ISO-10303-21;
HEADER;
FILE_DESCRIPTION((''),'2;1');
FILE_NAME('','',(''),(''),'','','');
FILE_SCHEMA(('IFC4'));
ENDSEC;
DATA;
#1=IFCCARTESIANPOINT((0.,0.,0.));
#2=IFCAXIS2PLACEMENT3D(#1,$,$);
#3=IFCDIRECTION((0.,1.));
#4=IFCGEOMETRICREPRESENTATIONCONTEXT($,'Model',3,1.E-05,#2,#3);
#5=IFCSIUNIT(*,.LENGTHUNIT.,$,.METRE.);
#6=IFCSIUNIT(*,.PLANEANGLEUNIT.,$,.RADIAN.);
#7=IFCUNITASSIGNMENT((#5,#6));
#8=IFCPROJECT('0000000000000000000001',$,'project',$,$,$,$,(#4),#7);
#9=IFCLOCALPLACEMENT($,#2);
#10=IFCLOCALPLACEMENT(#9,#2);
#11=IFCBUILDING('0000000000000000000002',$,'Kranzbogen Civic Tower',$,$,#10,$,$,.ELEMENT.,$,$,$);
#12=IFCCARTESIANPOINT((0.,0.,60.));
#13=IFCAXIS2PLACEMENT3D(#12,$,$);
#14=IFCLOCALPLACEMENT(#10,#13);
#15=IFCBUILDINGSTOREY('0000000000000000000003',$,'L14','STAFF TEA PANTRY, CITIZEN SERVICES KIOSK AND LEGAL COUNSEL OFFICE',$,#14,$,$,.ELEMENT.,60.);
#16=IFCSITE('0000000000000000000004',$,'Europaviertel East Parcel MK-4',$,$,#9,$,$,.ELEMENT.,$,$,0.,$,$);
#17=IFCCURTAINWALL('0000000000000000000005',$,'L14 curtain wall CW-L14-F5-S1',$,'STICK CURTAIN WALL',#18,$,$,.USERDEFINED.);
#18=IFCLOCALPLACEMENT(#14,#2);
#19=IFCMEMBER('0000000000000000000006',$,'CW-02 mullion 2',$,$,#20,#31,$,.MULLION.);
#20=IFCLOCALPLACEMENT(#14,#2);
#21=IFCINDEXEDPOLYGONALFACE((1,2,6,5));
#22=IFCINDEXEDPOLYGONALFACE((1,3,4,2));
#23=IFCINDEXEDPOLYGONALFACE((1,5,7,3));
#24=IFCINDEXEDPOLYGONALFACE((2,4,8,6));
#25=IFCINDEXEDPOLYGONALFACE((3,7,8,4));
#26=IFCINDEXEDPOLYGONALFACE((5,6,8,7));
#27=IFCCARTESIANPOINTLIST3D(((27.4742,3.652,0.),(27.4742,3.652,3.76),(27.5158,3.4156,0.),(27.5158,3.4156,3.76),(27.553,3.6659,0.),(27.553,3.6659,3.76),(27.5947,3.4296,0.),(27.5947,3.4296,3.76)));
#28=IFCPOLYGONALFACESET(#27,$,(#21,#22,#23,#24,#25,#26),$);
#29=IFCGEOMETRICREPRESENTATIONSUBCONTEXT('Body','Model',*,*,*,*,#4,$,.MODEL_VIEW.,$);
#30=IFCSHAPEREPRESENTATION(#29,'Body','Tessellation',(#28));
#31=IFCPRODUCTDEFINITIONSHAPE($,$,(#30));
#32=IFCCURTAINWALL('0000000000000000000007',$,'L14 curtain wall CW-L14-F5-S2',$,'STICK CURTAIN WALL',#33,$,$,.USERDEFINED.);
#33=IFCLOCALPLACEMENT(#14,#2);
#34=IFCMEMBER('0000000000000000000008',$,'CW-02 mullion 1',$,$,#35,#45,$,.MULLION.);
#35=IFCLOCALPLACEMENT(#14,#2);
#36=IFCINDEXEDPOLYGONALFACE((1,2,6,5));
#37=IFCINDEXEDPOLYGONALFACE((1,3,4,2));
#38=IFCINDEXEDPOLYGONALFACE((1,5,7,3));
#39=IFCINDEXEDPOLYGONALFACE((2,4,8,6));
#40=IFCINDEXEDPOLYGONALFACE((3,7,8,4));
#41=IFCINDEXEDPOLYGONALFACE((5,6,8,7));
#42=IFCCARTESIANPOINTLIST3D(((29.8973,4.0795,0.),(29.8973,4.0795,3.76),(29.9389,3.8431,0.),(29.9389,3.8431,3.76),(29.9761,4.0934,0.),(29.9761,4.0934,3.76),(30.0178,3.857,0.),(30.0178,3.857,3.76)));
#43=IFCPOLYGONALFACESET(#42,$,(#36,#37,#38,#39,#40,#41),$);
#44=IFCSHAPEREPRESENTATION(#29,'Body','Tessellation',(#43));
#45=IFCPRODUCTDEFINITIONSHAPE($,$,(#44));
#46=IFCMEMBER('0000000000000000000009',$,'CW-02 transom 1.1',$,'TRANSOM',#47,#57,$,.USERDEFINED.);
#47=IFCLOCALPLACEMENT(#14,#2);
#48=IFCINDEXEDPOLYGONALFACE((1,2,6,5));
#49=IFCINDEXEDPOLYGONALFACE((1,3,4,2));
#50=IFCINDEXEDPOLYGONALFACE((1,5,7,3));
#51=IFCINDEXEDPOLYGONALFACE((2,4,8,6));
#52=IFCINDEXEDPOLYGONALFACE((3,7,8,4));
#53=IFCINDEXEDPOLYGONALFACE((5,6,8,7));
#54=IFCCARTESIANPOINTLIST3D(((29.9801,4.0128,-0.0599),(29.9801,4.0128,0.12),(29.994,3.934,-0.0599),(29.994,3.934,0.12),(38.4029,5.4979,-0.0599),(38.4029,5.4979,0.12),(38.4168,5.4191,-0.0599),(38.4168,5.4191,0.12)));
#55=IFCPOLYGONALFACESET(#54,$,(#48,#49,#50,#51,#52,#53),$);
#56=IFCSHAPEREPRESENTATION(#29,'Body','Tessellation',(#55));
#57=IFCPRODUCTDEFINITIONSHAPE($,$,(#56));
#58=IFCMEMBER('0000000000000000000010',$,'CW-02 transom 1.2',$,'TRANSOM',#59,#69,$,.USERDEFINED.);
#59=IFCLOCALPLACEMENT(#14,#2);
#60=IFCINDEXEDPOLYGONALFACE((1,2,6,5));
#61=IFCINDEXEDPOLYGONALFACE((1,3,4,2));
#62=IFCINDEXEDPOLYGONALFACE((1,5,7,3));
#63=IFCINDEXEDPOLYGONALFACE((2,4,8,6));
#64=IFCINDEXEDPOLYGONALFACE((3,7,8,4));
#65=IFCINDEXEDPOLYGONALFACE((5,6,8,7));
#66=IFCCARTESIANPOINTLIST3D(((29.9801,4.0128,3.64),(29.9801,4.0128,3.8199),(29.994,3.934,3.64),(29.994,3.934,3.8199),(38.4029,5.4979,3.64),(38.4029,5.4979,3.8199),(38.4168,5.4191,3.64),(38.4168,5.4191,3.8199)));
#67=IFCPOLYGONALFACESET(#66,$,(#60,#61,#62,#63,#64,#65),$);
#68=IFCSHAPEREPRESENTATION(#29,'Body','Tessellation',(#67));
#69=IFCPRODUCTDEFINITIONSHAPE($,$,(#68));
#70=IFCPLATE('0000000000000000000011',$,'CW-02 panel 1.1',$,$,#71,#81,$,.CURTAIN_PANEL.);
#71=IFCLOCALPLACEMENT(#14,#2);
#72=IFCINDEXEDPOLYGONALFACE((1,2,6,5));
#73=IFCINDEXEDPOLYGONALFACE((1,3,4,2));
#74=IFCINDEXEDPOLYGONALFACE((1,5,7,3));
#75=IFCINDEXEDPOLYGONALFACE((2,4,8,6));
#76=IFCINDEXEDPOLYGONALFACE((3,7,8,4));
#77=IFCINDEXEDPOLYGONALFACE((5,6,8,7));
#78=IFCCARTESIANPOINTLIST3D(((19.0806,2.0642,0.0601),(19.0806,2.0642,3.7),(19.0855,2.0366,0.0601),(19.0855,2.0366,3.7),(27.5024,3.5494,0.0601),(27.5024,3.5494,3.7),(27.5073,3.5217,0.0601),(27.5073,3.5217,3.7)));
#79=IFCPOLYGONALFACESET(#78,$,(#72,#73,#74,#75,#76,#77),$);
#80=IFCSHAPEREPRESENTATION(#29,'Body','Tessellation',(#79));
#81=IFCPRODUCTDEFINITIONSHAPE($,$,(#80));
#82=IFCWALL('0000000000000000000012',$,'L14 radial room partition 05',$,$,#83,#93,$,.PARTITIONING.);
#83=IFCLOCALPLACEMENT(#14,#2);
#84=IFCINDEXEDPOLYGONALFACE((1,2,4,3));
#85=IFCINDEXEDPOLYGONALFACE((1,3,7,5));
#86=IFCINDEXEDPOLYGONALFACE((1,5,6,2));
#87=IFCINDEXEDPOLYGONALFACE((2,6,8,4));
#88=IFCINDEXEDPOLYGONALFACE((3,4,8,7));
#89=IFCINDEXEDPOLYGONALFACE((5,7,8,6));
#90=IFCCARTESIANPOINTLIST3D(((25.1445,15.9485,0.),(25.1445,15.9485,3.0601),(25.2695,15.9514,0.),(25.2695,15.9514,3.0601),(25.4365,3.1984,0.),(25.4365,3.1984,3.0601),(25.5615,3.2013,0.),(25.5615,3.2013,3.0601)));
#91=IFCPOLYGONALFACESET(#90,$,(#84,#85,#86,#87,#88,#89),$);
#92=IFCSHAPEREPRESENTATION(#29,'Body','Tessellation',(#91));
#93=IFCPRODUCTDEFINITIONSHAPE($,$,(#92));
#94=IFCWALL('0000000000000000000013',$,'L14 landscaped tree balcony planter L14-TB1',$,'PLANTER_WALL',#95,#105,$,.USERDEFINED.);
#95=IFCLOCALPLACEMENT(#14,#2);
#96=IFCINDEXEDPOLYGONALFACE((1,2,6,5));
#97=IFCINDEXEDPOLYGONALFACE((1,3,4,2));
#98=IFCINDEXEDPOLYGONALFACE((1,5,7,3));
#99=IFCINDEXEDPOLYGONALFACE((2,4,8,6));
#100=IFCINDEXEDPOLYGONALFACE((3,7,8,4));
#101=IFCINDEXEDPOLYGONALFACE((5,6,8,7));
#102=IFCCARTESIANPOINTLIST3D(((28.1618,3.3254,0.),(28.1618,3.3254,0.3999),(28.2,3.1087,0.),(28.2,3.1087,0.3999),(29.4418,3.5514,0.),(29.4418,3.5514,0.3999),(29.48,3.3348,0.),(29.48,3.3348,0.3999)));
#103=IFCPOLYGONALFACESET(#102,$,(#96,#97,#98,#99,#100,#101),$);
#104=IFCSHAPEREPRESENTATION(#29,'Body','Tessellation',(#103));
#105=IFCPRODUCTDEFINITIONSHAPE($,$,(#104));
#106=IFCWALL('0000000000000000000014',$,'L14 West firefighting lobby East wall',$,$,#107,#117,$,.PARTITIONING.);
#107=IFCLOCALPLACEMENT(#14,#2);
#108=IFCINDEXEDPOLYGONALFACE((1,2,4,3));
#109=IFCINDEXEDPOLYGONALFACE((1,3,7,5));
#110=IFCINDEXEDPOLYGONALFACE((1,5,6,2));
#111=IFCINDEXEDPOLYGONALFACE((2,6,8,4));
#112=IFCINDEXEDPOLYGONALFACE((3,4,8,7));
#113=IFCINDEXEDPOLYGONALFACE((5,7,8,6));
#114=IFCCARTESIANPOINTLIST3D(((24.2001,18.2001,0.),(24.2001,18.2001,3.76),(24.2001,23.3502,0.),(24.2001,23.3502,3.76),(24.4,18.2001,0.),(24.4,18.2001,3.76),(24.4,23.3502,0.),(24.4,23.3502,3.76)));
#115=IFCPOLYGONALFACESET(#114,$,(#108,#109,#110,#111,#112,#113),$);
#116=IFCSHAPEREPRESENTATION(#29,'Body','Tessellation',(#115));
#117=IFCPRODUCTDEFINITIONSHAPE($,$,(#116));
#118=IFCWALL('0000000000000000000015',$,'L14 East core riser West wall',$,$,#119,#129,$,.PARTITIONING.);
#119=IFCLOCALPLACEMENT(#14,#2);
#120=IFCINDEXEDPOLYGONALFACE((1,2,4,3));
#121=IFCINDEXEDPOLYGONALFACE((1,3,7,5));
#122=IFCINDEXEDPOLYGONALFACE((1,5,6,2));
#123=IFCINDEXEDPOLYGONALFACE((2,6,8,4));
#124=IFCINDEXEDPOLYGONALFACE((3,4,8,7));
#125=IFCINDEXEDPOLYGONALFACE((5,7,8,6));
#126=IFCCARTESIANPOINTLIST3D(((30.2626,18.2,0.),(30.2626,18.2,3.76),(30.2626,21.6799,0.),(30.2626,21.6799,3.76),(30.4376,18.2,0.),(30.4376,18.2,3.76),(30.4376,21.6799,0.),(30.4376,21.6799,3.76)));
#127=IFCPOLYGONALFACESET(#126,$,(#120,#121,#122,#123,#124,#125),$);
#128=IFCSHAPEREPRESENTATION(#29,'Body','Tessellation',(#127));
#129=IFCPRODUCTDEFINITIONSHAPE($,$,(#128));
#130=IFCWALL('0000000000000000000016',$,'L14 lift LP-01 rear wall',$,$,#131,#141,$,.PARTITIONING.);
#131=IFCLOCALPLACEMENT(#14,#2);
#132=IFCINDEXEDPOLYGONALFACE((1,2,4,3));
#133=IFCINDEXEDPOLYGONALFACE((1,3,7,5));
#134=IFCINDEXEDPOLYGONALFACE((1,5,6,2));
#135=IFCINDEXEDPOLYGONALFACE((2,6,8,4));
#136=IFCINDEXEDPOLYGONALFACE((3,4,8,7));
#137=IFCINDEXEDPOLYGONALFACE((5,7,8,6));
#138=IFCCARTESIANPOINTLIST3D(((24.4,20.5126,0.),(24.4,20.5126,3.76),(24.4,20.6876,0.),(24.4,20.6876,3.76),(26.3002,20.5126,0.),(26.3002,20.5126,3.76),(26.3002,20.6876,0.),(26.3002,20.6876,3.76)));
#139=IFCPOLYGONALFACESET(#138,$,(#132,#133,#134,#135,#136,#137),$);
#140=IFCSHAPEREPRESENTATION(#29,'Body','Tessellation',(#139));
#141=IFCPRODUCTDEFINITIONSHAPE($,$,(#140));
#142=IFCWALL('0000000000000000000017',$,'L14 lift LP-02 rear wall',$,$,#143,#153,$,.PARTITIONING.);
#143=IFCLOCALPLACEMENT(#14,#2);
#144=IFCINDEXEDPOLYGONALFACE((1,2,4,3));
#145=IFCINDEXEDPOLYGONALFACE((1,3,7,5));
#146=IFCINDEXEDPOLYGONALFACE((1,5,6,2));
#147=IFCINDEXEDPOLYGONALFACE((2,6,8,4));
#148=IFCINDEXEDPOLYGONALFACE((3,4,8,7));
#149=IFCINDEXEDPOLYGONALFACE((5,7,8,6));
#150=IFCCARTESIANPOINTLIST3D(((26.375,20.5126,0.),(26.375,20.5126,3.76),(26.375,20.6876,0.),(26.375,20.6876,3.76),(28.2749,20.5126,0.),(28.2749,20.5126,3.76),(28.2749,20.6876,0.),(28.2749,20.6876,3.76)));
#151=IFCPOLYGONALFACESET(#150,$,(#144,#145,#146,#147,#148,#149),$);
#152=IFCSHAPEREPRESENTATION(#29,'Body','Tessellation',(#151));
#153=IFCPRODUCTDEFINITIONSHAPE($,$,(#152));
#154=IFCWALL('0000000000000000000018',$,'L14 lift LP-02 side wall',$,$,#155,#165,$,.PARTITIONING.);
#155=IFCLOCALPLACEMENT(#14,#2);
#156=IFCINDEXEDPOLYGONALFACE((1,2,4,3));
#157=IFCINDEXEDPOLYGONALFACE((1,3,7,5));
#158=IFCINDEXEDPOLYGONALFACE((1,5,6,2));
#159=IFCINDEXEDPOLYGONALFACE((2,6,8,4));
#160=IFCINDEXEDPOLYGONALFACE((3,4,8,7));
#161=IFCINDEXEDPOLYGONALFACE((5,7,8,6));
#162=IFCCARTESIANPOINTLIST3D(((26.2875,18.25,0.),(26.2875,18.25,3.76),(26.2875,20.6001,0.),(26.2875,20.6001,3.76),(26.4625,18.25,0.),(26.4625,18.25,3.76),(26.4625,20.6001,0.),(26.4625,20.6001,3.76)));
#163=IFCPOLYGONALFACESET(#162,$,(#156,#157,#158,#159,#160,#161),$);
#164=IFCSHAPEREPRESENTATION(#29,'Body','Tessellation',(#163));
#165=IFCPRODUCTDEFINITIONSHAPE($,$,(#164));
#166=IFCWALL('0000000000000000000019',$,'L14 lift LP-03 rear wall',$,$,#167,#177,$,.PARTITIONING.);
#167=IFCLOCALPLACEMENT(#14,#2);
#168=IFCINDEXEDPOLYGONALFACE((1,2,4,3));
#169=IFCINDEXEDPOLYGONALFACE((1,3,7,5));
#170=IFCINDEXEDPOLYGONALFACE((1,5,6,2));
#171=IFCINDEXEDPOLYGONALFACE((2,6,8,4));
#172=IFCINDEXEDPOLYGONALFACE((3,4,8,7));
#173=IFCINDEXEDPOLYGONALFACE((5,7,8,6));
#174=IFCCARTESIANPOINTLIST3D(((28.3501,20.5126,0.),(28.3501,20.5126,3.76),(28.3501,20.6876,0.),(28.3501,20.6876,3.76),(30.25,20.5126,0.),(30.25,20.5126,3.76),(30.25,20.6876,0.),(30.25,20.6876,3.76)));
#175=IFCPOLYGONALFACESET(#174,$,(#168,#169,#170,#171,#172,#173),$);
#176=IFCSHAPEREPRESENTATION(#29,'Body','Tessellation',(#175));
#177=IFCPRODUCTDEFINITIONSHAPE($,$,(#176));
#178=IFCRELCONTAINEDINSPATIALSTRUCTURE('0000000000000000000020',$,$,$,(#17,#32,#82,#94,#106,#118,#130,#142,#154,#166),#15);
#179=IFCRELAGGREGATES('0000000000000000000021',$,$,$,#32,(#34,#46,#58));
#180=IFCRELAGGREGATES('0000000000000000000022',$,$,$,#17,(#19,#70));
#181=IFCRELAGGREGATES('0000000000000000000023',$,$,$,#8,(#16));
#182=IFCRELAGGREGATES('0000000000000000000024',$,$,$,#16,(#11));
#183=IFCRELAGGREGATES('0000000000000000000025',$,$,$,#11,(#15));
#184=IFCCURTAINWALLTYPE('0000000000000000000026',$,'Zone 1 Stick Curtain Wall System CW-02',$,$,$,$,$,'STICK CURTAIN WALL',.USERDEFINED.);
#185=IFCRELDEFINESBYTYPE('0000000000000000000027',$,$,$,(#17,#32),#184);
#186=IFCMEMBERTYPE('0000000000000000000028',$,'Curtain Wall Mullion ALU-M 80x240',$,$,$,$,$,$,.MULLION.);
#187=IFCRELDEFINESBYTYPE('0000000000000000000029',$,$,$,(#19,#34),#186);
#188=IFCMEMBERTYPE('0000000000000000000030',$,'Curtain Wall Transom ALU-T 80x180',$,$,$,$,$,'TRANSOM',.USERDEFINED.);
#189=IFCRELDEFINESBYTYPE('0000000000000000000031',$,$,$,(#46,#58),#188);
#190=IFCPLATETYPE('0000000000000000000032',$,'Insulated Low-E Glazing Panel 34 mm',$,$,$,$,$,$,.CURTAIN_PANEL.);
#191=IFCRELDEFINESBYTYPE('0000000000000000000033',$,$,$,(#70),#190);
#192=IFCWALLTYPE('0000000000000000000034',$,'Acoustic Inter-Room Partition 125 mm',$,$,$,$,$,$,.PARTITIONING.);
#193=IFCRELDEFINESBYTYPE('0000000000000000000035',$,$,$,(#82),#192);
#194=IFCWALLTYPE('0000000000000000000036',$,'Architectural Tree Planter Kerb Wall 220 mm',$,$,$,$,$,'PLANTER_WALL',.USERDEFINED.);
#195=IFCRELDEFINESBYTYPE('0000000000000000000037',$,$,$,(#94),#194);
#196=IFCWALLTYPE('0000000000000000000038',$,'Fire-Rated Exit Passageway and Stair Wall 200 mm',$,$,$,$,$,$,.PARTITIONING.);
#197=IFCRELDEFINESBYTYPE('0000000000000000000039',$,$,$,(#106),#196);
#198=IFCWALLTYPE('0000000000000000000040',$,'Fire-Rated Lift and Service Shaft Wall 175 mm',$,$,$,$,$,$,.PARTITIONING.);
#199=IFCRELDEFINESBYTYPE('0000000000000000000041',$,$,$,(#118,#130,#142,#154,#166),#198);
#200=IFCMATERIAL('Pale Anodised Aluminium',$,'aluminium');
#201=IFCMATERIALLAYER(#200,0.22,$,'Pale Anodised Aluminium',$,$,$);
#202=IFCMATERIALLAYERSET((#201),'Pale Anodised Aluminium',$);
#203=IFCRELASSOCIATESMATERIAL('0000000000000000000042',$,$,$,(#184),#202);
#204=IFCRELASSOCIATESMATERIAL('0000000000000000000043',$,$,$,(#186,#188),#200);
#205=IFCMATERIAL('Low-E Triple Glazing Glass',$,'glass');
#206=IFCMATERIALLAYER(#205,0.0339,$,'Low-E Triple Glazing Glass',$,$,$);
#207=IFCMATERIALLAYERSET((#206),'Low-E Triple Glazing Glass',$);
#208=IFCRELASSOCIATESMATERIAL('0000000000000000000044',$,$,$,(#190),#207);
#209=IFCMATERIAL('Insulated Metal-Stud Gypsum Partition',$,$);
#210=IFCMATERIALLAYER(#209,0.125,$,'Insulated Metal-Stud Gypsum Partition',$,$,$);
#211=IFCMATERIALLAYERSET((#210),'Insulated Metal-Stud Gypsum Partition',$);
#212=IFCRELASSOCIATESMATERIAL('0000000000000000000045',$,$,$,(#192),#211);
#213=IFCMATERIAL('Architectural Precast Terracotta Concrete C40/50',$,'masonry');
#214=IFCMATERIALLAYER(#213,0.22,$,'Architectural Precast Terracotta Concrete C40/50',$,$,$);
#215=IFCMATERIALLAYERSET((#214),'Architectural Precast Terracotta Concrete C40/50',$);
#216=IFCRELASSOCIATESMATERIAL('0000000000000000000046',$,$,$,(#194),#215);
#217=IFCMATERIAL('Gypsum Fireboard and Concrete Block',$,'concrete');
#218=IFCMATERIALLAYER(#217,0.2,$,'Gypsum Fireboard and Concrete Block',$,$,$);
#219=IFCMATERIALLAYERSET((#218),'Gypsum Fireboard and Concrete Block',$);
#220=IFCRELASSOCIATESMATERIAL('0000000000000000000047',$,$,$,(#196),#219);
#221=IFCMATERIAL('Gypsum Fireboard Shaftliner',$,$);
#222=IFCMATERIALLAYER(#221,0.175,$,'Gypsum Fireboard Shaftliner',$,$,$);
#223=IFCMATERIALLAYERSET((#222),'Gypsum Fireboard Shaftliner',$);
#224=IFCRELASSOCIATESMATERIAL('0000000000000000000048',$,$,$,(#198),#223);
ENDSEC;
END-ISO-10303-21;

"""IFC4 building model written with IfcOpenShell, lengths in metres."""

from ifc_helpers import new_model, si_unit, direction, frame, frame_2d, origin, origin_2d, place, context, subcontext, project, spatial, rectangle, extrude, material, layer, layer_set, material_profile, profile_set, type_object, element, aggregate, save


model = new_model("IFC4")

# Units and contexts
model_context = context("Model", 3, precision=1e-05, world=origin(), true_north=direction((0.0, 1.0)))
body_context = subcontext(model_context, "Body", "Model", "MODEL_VIEW")
ifc_project = project(units=[si_unit("LENGTHUNIT", "METRE"), si_unit("PLANEANGLEUNIT", "RADIAN")], contexts=[model_context])

# Site, building, storey
site_placement = place(None, origin())
site = spatial("IfcSite", under=ifc_project, at=site_placement, Name="Europaviertel East Parcel MK-4", CompositionType="ELEMENT", RefElevation=0.0)
building_placement = place(site_placement, origin())
building = spatial("IfcBuilding", under=site, at=building_placement, Name="Kranzbogen Civic Tower", CompositionType="ELEMENT")
storey_placement = place(building_placement, frame((0.0, 0.0, 60.0)))
storey = spatial("IfcBuildingStorey", under=building, at=storey_placement, Name="L14", Description="STAFF TEA PANTRY, CITIZEN SERVICES KIOSK AND LEGAL COUNSEL OFFICE", CompositionType="ELEMENT", Elevation=60.0)

# Curtain wall, member
ifc_material_1 = material(Name="Pale Anodised Aluminium", Category="aluminium")
ifc_layer_1 = layer(ifc_material_1, 0.22, Name="Pale Anodised Aluminium")
ifc_layer_set_1 = layer_set([ifc_layer_1], Name="Pale Anodised Aluminium")
curtain_wall_type = type_object("IfcCurtainWallType", Name="Zone 1 Stick Curtain Wall System CW-02", ElementType="STICK CURTAIN WALL", PredefinedType="USERDEFINED", material=ifc_layer_set_1)
curtain_wall_1_placement = place(storey_placement, origin())
curtain_wall_1 = element("IfcCurtainWall", 1, at=curtain_wall_1_placement, inside=storey, type_object=curtain_wall_type, Name="L14 curtain wall CW-L14-F5-S1", ObjectType="STICK CURTAIN WALL", PredefinedType="USERDEFINED")
ifc_material_profile_1 = material_profile(ifc_material_1, rectangle(XDim=0.0801, YDim=0.24, at=origin_2d()), Name="ALU-M 80x240")
ifc_profile_set_1 = profile_set([ifc_material_profile_1], Name="Pale Anodised Aluminium")
member_type_1 = type_object("IfcMemberType", Name="Curtain Wall Mullion ALU-M 80x240", PredefinedType="MULLION", material=ifc_profile_set_1)
member_1_placement = place(storey_placement, frame((27.5344, 3.5408, 0.0), z_axis=(0.0, 0.0, 1.0), x_axis=(0.984804, 0.173667, 0.0)))
member_1 = element("IfcMember", 2, at=member_1_placement, type_object=member_type_1, Name="CW-02 mullion 2", PredefinedType="MULLION", context=body_context, shape_type="SweptSolid", body=[
    extrude(rectangle(XDim=0.0801, YDim=0.24, at=origin_2d()), origin(), (0.0, 0.0, 1.0), 3.76),
])

# Curtain wall, members
curtain_wall_2_placement = place(storey_placement, origin())
curtain_wall_2 = element("IfcCurtainWall", 3, at=curtain_wall_2_placement, inside=storey, type_object=curtain_wall_type, Name="L14 curtain wall CW-L14-F5-S2", ObjectType="STICK CURTAIN WALL", PredefinedType="USERDEFINED")
member_2_placement = place(storey_placement, frame((29.9575, 3.9683, 0.0), z_axis=(0.0, 0.0, 1.0), x_axis=(0.984808, 0.173647, 0.0)))
member_2 = element("IfcMember", 4, at=member_2_placement, type_object=member_type_1, Name="CW-02 mullion 1", PredefinedType="MULLION", context=body_context, shape_type="SweptSolid", body=[
    extrude(rectangle(XDim=0.0801, YDim=0.24, at=origin_2d()), origin(), (0.0, 0.0, 1.0), 3.76),
])
ifc_material_profile_2 = material_profile(ifc_material_1, rectangle(XDim=0.0801, YDim=0.1799, at=origin_2d()), Name="ALU-T 80x180")
ifc_profile_set_2 = profile_set([ifc_material_profile_2], Name="Pale Anodised Aluminium")
member_type_2 = type_object("IfcMemberType", Name="Curtain Wall Transom ALU-T 80x180", ElementType="TRANSOM", PredefinedType="USERDEFINED", material=ifc_profile_set_2)
member_3_placement = place(storey_placement, frame((29.9871, 3.9734, 0.03), z_axis=(0.984809, 0.17364, 0.0), x_axis=(-0.17364, 0.984809, 0.0)))
member_3 = element("IfcMember", 5, at=member_3_placement, type_object=member_type_2, Name="CW-02 transom 1.1", ObjectType="TRANSOM", PredefinedType="USERDEFINED", context=body_context, shape_type="SweptSolid", body=[
    extrude(rectangle(XDim=0.0801, YDim=0.1799, at=origin_2d()), origin(), (0.0, 0.0, 1.0), 8.5527),
])
member_4_placement = place(storey_placement, frame((29.9871, 3.9734, 3.73), z_axis=(0.984809, 0.17364, 0.0), x_axis=(-0.17364, 0.984809, 0.0)))
member_4 = element("IfcMember", 6, at=member_4_placement, type_object=member_type_2, Name="CW-02 transom 1.2", ObjectType="TRANSOM", PredefinedType="USERDEFINED", context=body_context, shape_type="SweptSolid", body=[
    extrude(rectangle(XDim=0.0801, YDim=0.1799, at=origin_2d()), origin(), (0.0, 0.0, 1.0), 8.5527),
])
aggregate(curtain_wall_2, [member_2, member_3, member_4])

# Plate
ifc_material_2 = material(Name="Low-E Triple Glazing Glass", Category="glass")
ifc_layer_2 = layer(ifc_material_2, 0.0339, Name="Low-E Triple Glazing Glass")
ifc_layer_set_2 = layer_set([ifc_layer_2], Name="Low-E Triple Glazing Glass")
plate_type = type_object("IfcPlateType", Name="Insulated Low-E Glazing Panel 34 mm", PredefinedType="CURTAIN_PANEL", material=ifc_layer_set_2)
plate_placement = place(storey_placement, frame((23.2939, 2.793, 0.0601), z_axis=(0.0, 0.0, 1.0), x_axis=(0.984804, 0.173667, 0.0)))
plate = element("IfcPlate", 7, at=plate_placement, type_object=plate_type, Name="CW-02 panel 1.1", PredefinedType="CURTAIN_PANEL", context=body_context, shape_type="SweptSolid", body=[
    extrude(rectangle(XDim=8.5518, YDim=0.0281, at=origin_2d()), origin(), (0.0, 0.0, 1.0), 3.6399),
])
aggregate(curtain_wall_1, [member_1, plate])

# Walls
ifc_material_3 = material(Name="Insulated Metal-Stud Gypsum Partition")
ifc_layer_3 = layer(ifc_material_3, 0.125, Name="Insulated Metal-Stud Gypsum Partition")
ifc_layer_set_3 = layer_set([ifc_layer_3], Name="Insulated Metal-Stud Gypsum Partition")
wall_type_1 = type_object("IfcWallType", Name="Acoustic Inter-Room Partition 125 mm", PredefinedType="PARTITIONING", material=ifc_layer_set_3)
wall_1_placement = place(storey_placement, frame((25.207, 15.95, 0.0), z_axis=(0.0, 0.0, 1.0), x_axis=(0.022895, -0.999738, 0.0)))
element("IfcWall", 8, at=wall_1_placement, inside=storey, type_object=wall_type_1, Name="L14 radial room partition 05", PredefinedType="PARTITIONING", context=body_context, shape_type="SweptSolid", body=[
    extrude(rectangle(XDim=12.7534, YDim=0.125, at=frame_2d((6.3767, 0.0))), origin(), (0.0, 0.0, 1.0), 3.0601),
])
ifc_material_4 = material(Name="Architectural Precast Terracotta Concrete C40/50", Category="masonry")
ifc_layer_4 = layer(ifc_material_4, 0.22, Name="Architectural Precast Terracotta Concrete C40/50")
ifc_layer_set_4 = layer_set([ifc_layer_4], Name="Architectural Precast Terracotta Concrete C40/50")
wall_type_2 = type_object("IfcWallType", Name="Architectural Tree Planter Kerb Wall 220 mm", ElementType="PLANTER_WALL", PredefinedType="USERDEFINED", material=ifc_layer_set_4)
wall_2_placement = place(storey_placement, frame((28.1809, 3.217, 0.0), z_axis=(0.0, 0.0, 1.0), x_axis=(0.984759, 0.173925, 0.0)))
element("IfcWall", 9, at=wall_2_placement, inside=storey, type_object=wall_type_2, Name="L14 landscaped tree balcony planter L14-TB1", ObjectType="PLANTER_WALL", PredefinedType="USERDEFINED", context=body_context, shape_type="SweptSolid", body=[
    extrude(rectangle(XDim=1.2998, YDim=0.22, at=frame_2d((0.6499, 0.0))), origin(), (0.0, 0.0, 1.0), 0.3999),
])
ifc_material_5 = material(Name="Gypsum Fireboard and Concrete Block", Category="concrete")
ifc_layer_5 = layer(ifc_material_5, 0.2, Name="Gypsum Fireboard and Concrete Block")
ifc_layer_set_5 = layer_set([ifc_layer_5], Name="Gypsum Fireboard and Concrete Block")
wall_type_3 = type_object("IfcWallType", Name="Fire-Rated Exit Passageway and Stair Wall 200 mm", PredefinedType="PARTITIONING", material=ifc_layer_set_5)
wall_3_placement = place(storey_placement, frame((24.3, 18.2, 0.0), z_axis=(0.0, 0.0, 1.0), x_axis=(0.0, 1.0, 0.0)))
element("IfcWall", 10, at=wall_3_placement, inside=storey, type_object=wall_type_3, Name="L14 West firefighting lobby East wall", PredefinedType="PARTITIONING", context=body_context, shape_type="SweptSolid", body=[
    extrude(rectangle(XDim=5.1501, YDim=0.2, at=frame_2d((2.5752, 0.0))), origin(), (0.0, 0.0, 1.0), 3.76),
])
ifc_material_6 = material(Name="Gypsum Fireboard Shaftliner")
ifc_layer_6 = layer(ifc_material_6, 0.175, Name="Gypsum Fireboard Shaftliner")
ifc_layer_set_6 = layer_set([ifc_layer_6], Name="Gypsum Fireboard Shaftliner")
wall_type_4 = type_object("IfcWallType", Name="Fire-Rated Lift and Service Shaft Wall 175 mm", PredefinedType="PARTITIONING", material=ifc_layer_set_6)
wall_4_placement = place(storey_placement, frame((30.3501, 18.2, 0.0), z_axis=(0.0, 0.0, 1.0), x_axis=(0.0, 1.0, 0.0)))
element("IfcWall", 11, at=wall_4_placement, inside=storey, type_object=wall_type_4, Name="L14 East core riser West wall", PredefinedType="PARTITIONING", context=body_context, shape_type="SweptSolid", body=[
    extrude(rectangle(XDim=3.48, YDim=0.175, at=frame_2d((1.74, 0.0))), origin(), (0.0, 0.0, 1.0), 3.76),
])
wall_5_placement = place(storey_placement, frame((24.3999, 20.6001, 0.0), z_axis=(0.0, 0.0, 1.0), x_axis=(1.0, 0.0, 0.0)))
element("IfcWall", 12, at=wall_5_placement, inside=storey, type_object=wall_type_4, Name="L14 lift LP-01 rear wall", PredefinedType="PARTITIONING", context=body_context, shape_type="SweptSolid", body=[
    extrude(rectangle(XDim=1.9001, YDim=0.175, at=frame_2d((0.9502, 0.0))), origin(), (0.0, 0.0, 1.0), 3.76),
])
wall_6_placement = place(storey_placement, frame((26.375, 20.6001, 0.0), z_axis=(0.0, 0.0, 1.0), x_axis=(1.0, 0.0, 0.0)))
element("IfcWall", 13, at=wall_6_placement, inside=storey, type_object=wall_type_4, Name="L14 lift LP-02 rear wall", PredefinedType="PARTITIONING", context=body_context, shape_type="SweptSolid", body=[
    extrude(rectangle(XDim=1.8999, YDim=0.175, at=frame_2d((0.95, 0.0))), origin(), (0.0, 0.0, 1.0), 3.76),
])
wall_7_placement = place(storey_placement, frame((26.375, 18.25, 0.0), z_axis=(0.0, 0.0, 1.0), x_axis=(0.0, 1.0, 0.0)))
element("IfcWall", 14, at=wall_7_placement, inside=storey, type_object=wall_type_4, Name="L14 lift LP-02 side wall", PredefinedType="PARTITIONING", context=body_context, shape_type="SweptSolid", body=[
    extrude(rectangle(XDim=2.3501, YDim=0.175, at=frame_2d((1.175, 0.0))), origin(), (0.0, 0.0, 1.0), 3.76),
])
wall_8_placement = place(storey_placement, frame((28.3501, 20.6001, 0.0), z_axis=(0.0, 0.0, 1.0), x_axis=(1.0, 0.0, 0.0)))
element("IfcWall", 15, at=wall_8_placement, inside=storey, type_object=wall_type_4, Name="L14 lift LP-03 rear wall", PredefinedType="PARTITIONING", context=body_context, shape_type="SweptSolid", body=[
    extrude(rectangle(XDim=1.8999, YDim=0.175, at=frame_2d((0.95, 0.0))), origin(), (0.0, 0.0, 1.0), 3.76),
])

save(model, "model.ifc")
